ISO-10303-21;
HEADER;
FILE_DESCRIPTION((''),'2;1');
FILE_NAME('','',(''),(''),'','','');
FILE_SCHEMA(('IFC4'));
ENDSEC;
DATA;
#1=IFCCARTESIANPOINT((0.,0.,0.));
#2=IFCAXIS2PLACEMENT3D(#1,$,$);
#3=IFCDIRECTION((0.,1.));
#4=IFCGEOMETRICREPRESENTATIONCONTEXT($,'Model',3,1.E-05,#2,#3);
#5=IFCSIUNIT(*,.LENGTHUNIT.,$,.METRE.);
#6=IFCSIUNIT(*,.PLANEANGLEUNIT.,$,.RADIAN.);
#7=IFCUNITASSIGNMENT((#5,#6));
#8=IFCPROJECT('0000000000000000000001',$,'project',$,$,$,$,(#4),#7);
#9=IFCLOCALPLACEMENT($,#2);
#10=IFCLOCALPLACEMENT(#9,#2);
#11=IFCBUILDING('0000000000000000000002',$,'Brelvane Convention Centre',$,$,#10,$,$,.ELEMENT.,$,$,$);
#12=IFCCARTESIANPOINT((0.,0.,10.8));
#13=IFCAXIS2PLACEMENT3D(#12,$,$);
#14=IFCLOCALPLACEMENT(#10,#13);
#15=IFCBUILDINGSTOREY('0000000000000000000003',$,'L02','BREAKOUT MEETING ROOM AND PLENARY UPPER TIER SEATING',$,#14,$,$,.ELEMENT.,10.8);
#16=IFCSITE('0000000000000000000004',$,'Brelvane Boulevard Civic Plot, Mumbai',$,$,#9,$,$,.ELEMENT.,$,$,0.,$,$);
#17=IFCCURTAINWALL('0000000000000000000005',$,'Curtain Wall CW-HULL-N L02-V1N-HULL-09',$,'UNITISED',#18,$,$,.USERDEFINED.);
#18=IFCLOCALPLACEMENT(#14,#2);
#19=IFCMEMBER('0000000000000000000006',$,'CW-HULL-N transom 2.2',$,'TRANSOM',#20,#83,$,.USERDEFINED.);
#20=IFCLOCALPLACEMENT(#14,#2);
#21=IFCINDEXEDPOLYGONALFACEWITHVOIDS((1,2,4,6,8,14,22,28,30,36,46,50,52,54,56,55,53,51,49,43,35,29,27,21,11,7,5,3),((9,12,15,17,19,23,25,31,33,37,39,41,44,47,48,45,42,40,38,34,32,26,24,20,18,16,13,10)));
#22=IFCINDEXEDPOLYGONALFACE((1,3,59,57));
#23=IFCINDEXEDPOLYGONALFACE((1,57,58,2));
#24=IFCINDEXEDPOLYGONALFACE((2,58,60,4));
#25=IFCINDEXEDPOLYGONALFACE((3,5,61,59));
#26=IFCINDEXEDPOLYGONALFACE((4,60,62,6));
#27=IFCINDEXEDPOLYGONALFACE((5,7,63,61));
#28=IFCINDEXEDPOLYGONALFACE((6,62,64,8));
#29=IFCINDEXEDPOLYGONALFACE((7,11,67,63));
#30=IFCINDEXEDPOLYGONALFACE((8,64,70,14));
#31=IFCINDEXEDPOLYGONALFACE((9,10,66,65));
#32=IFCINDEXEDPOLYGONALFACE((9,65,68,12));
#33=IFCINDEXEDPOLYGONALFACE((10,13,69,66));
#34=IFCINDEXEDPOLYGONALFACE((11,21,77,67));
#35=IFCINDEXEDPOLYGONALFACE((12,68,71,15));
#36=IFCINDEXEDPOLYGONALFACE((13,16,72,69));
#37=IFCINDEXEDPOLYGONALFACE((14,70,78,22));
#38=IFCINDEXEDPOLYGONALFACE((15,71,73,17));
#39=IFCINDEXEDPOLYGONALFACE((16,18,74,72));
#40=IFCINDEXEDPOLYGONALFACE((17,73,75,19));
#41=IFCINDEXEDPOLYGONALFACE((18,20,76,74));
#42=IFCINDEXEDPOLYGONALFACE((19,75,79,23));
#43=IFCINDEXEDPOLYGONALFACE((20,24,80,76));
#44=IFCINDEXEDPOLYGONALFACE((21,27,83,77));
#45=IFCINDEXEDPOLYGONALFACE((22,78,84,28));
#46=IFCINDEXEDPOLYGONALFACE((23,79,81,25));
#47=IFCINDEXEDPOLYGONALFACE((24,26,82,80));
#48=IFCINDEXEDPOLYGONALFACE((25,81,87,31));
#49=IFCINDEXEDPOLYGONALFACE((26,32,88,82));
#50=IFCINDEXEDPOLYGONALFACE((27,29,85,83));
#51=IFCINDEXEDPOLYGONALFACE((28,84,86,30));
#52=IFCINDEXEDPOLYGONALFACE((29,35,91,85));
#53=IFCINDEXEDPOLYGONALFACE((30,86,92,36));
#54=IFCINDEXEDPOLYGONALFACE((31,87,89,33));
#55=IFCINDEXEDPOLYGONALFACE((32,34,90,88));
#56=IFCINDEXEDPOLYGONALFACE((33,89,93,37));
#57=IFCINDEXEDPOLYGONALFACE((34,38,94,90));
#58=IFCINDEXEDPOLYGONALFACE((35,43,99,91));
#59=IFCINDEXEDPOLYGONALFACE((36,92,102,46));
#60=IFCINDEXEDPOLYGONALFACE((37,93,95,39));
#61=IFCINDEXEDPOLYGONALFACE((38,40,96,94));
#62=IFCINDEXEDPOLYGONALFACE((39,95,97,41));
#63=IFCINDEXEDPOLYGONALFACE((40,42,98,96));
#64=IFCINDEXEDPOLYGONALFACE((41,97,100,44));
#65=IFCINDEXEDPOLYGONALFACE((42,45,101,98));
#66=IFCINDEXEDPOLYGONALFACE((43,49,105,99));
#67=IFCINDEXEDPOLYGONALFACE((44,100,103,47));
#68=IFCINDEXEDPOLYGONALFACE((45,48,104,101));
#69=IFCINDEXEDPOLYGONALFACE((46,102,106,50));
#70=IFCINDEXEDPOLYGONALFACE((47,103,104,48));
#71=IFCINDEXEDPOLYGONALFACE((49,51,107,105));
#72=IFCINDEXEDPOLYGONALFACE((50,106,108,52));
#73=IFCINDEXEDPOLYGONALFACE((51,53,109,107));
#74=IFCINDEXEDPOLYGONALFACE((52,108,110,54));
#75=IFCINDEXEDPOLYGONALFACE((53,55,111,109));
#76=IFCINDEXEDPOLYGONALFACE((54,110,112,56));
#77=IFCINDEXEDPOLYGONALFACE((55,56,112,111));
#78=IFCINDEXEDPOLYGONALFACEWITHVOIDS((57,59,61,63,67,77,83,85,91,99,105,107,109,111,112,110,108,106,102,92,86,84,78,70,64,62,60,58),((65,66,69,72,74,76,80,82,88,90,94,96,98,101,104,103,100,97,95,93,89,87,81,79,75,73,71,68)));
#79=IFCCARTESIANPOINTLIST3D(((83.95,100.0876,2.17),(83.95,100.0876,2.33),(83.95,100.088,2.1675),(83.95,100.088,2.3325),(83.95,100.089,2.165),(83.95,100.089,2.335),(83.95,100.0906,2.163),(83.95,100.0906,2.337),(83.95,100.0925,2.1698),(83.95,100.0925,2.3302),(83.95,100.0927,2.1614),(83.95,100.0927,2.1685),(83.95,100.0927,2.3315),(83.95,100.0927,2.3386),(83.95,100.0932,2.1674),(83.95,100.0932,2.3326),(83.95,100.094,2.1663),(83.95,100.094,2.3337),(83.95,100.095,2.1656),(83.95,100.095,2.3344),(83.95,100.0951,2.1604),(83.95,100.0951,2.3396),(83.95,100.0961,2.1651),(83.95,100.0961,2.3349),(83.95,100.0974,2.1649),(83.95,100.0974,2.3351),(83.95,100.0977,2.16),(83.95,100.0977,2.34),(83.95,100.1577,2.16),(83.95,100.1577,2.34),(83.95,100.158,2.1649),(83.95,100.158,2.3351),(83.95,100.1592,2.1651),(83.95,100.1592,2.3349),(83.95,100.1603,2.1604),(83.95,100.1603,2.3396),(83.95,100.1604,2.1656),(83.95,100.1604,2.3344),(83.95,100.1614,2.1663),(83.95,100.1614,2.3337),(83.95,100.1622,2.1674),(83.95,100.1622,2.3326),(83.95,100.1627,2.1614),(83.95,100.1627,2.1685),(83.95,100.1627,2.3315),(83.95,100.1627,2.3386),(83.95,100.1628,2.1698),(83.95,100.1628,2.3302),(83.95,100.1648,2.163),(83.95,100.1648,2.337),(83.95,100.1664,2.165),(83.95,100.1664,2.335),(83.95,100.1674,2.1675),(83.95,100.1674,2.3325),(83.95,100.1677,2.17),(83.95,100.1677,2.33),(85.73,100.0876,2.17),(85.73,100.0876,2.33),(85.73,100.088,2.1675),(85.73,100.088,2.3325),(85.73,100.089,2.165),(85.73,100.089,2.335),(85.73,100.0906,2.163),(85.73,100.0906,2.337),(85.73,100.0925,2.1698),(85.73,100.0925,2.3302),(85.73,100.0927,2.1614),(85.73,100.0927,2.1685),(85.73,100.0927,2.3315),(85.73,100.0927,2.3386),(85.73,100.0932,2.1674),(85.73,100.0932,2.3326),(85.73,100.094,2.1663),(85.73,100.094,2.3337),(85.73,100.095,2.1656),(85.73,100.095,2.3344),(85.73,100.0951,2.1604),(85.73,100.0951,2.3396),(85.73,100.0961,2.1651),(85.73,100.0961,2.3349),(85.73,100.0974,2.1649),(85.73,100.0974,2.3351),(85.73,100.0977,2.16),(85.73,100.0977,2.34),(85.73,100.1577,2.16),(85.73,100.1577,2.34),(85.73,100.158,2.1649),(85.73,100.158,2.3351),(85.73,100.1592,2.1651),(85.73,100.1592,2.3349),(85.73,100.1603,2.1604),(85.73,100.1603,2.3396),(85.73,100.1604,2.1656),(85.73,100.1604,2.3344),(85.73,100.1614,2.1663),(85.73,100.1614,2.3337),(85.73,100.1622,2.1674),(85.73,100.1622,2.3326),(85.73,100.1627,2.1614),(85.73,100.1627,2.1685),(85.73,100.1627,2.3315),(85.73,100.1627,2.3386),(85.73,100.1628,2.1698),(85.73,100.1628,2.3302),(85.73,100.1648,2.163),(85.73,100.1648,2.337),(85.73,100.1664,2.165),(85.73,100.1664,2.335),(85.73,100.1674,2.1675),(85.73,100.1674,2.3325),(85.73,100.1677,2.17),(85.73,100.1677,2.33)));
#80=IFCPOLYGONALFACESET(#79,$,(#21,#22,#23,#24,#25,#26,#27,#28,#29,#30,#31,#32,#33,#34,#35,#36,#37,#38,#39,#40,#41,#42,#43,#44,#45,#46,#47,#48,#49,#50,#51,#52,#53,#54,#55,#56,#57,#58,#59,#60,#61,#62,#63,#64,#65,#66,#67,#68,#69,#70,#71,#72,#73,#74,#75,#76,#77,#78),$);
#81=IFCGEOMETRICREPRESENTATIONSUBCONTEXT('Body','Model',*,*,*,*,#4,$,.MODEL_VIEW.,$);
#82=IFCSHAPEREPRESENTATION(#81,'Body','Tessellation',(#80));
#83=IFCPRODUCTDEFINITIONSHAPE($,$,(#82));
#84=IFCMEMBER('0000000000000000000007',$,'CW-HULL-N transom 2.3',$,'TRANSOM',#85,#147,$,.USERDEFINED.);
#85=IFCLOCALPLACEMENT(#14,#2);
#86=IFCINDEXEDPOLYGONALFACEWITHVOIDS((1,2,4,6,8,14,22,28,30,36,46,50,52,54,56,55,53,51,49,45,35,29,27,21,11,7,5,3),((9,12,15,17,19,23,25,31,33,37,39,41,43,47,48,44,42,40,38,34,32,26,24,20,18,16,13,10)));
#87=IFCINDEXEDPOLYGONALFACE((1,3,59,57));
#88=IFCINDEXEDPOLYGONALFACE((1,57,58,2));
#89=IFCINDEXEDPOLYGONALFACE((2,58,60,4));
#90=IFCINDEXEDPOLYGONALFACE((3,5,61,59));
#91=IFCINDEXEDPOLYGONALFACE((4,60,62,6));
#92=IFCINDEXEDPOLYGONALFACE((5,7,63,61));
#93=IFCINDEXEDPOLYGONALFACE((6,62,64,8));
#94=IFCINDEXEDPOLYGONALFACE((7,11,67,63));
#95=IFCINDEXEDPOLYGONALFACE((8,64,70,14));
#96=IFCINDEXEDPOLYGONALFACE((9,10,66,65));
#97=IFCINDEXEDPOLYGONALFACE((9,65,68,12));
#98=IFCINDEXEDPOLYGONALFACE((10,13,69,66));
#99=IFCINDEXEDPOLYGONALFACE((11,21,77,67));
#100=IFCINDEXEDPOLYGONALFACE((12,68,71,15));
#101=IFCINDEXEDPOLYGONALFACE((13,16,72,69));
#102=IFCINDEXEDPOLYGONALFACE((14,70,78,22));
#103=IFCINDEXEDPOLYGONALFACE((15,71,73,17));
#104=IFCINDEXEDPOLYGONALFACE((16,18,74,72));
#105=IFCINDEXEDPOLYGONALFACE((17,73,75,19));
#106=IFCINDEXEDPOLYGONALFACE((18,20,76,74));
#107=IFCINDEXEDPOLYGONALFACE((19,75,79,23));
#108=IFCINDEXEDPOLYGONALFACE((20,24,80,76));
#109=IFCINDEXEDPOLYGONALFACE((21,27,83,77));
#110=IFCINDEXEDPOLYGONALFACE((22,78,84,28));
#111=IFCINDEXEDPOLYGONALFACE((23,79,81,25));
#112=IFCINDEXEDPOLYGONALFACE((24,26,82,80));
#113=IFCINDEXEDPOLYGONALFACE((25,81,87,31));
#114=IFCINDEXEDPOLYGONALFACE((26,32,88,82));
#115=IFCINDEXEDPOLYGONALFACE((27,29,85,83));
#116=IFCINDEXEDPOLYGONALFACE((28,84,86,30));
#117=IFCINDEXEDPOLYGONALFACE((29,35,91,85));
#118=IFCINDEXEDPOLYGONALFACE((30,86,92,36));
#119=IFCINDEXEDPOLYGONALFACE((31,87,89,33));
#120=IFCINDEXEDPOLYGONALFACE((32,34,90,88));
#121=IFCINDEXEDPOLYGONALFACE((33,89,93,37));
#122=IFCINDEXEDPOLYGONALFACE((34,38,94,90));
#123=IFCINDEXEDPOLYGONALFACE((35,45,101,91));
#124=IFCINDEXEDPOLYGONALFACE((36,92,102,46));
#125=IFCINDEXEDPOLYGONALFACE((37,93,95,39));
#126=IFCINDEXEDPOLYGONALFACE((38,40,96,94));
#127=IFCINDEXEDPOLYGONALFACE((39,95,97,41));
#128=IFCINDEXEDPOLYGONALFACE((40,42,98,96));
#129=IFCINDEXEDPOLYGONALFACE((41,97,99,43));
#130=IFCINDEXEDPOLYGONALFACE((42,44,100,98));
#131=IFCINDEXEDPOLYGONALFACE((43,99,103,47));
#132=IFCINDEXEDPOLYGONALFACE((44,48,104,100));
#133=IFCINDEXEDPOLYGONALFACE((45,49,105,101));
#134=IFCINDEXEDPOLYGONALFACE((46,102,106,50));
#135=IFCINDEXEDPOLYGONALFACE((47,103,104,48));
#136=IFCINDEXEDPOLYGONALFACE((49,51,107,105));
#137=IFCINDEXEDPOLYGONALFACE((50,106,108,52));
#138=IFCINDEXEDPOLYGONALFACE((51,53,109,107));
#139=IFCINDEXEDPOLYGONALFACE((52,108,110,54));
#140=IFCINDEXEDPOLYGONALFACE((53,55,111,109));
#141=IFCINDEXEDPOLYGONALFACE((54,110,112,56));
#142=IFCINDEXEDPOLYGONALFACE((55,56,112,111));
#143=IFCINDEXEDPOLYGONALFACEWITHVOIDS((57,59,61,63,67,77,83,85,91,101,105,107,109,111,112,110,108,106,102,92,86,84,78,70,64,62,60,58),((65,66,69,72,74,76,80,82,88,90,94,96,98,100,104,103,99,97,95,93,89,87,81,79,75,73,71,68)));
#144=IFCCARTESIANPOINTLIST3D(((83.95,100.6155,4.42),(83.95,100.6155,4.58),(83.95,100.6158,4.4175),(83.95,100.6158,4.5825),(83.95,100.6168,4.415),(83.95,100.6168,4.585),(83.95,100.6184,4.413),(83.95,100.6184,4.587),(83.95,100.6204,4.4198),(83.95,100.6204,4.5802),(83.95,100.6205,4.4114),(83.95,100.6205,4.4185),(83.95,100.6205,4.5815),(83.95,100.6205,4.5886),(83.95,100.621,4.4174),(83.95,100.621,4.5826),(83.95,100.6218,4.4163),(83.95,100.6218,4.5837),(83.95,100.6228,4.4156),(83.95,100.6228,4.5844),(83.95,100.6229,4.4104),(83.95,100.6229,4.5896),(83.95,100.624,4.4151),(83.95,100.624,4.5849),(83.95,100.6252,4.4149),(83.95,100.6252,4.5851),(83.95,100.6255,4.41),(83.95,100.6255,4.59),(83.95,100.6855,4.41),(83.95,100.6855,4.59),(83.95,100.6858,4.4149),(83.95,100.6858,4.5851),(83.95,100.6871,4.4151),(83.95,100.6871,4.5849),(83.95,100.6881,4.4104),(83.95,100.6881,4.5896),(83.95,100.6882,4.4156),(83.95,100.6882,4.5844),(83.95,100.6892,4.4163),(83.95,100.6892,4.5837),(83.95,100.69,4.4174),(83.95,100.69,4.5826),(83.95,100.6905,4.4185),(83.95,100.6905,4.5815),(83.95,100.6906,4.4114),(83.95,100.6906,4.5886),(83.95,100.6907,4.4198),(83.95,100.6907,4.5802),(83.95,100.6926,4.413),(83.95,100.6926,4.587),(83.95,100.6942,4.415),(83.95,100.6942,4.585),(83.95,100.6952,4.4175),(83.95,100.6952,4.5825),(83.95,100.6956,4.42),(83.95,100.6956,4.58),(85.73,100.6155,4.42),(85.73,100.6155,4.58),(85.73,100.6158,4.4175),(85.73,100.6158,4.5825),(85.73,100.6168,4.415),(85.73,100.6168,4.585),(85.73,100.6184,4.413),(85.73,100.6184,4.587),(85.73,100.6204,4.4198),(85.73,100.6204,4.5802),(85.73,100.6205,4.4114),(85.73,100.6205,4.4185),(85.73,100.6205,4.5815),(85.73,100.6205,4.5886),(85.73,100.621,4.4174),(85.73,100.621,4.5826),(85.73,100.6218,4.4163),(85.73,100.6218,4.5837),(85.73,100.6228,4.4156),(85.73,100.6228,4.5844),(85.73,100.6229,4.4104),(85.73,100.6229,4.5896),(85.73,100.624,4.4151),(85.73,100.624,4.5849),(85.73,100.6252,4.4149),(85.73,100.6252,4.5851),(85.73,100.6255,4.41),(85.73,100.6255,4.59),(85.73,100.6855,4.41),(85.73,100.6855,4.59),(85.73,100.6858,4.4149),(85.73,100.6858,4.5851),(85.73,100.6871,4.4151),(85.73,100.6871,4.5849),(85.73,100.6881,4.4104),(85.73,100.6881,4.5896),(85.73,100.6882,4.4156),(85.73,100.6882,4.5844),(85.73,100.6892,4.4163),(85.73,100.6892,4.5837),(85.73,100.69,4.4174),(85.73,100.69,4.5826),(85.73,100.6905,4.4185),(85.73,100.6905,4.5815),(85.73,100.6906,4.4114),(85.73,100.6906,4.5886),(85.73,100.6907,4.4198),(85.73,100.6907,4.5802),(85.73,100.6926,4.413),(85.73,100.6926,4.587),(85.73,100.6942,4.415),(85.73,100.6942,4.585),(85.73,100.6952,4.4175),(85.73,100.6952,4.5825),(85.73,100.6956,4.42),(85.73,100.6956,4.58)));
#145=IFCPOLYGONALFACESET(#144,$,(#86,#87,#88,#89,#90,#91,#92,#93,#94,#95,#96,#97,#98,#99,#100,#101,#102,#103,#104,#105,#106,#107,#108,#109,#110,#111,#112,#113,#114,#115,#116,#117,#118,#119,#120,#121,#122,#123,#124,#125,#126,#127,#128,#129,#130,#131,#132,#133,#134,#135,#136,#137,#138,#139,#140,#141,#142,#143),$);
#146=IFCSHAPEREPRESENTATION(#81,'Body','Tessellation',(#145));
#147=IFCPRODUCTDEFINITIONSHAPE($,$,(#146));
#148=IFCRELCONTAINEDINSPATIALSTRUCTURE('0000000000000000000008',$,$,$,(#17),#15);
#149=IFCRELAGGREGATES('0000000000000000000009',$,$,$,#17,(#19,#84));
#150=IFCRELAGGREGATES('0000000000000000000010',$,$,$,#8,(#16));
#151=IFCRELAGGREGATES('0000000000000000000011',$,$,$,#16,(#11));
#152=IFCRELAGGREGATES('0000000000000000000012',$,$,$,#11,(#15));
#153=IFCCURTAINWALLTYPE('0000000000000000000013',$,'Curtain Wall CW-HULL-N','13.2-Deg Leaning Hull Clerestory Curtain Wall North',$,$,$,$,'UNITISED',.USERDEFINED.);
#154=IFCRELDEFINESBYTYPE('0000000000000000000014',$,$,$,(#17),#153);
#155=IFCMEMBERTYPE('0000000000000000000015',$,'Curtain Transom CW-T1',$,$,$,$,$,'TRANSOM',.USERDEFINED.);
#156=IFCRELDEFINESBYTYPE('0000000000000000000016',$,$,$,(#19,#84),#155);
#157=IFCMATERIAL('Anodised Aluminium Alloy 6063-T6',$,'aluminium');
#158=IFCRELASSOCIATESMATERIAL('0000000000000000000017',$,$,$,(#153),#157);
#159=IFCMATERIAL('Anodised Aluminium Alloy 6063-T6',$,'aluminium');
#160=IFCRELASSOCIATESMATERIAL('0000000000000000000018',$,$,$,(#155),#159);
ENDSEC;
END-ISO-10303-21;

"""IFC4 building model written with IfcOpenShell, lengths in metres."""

from ifc_helpers import new_model, si_unit, direction, frame, origin, origin_2d, place, context, subcontext, project, spatial, hollow_rectangle, extrude, material, material_profile, profile_set, type_object, element, aggregate, save


model = new_model("IFC4")

# Units and contexts
model_context = context("Model", 3, precision=1e-05, world=origin(), true_north=direction((0.0, 1.0)))
body_context = subcontext(model_context, "Body", "Model", "MODEL_VIEW")
ifc_project = project(units=[si_unit("LENGTHUNIT", "METRE"), si_unit("PLANEANGLEUNIT", "RADIAN")], contexts=[model_context])

# Site, building, storey
site_placement = place(None, origin())
site = spatial("IfcSite", under=ifc_project, at=site_placement, Name="Brelvane Boulevard Civic Plot, Mumbai", CompositionType="ELEMENT", RefElevation=0.0)
building_placement = place(site_placement, origin())
building = spatial("IfcBuilding", under=site, at=building_placement, Name="Brelvane Convention Centre", CompositionType="ELEMENT")
storey_placement = place(building_placement, frame((0.0, 0.0, 10.8)))
storey = spatial("IfcBuildingStorey", under=building, at=storey_placement, Name="L02", Description="BREAKOUT MEETING ROOM AND PLENARY UPPER TIER SEATING", CompositionType="ELEMENT", Elevation=10.8)

# Curtain wall, members
ifc_material_1 = material(Name="Anodised Aluminium Alloy 6063-T6", Category="aluminium")
curtain_wall_type = type_object("IfcCurtainWallType", Name="Curtain Wall CW-HULL-N", Description="13.2-Deg Leaning Hull Clerestory Curtain Wall North", ElementType="UNITISED", PredefinedType="USERDEFINED", material=ifc_material_1)
curtain_wall_placement = place(storey_placement, origin())
curtain_wall = element("IfcCurtainWall", 1, at=curtain_wall_placement, inside=storey, type_object=curtain_wall_type, Name="Curtain Wall CW-HULL-N L02-V1N-HULL-09", ObjectType="UNITISED", PredefinedType="USERDEFINED")
ifc_material_2 = material(Name="Anodised Aluminium Alloy 6063-T6", Category="aluminium")
ifc_material_profile_1 = material_profile(ifc_material_2, hollow_rectangle(XDim=0.0801, YDim=0.1799, WallThickness=0.0049, InnerFilletRadius=0.0049, OuterFilletRadius=0.01, at=origin_2d()), Name="ALU-T 180x80x5.0")
ifc_profile_set_1 = profile_set([ifc_material_profile_1], Name="Anodised Aluminium Alloy 6063-T6")
member_type_1 = type_object("IfcMemberType", Name="Curtain Transom CW-T1", ElementType="TRANSOM", PredefinedType="USERDEFINED", material=ifc_profile_set_1)
member_1_placement = place(storey_placement, frame((83.95, 100.1277, 2.25), z_axis=(1.0, 0.0, 0.0), x_axis=(0.0, 1.0, 0.0)))
member_1 = element("IfcMember", 2, at=member_1_placement, type_object=member_type_1, Name="CW-HULL-N transom 2.2", ObjectType="TRANSOM", PredefinedType="USERDEFINED", context=body_context, shape_type="SweptSolid", body=[
    extrude(hollow_rectangle(XDim=0.0801, YDim=0.1799, WallThickness=0.0049, InnerFilletRadius=0.0049, OuterFilletRadius=0.01, at=origin_2d()), origin(), (0.0, 0.0, 1.0), 1.78),
])
member_2_placement = place(storey_placement, frame((83.95, 100.6555, 4.5), z_axis=(1.0, 0.0, 0.0), x_axis=(0.0, 1.0, 0.0)))
member_2 = element("IfcMember", 3, at=member_2_placement, type_object=member_type_1, Name="CW-HULL-N transom 2.3", ObjectType="TRANSOM", PredefinedType="USERDEFINED", context=body_context, shape_type="SweptSolid", body=[
    extrude(hollow_rectangle(XDim=0.0801, YDim=0.1799, WallThickness=0.0049, InnerFilletRadius=0.0049, OuterFilletRadius=0.01, at=origin_2d()), origin(), (0.0, 0.0, 1.0), 1.78),
])
aggregate(curtain_wall, [member_1, member_2])

save(model, "model.ifc")
